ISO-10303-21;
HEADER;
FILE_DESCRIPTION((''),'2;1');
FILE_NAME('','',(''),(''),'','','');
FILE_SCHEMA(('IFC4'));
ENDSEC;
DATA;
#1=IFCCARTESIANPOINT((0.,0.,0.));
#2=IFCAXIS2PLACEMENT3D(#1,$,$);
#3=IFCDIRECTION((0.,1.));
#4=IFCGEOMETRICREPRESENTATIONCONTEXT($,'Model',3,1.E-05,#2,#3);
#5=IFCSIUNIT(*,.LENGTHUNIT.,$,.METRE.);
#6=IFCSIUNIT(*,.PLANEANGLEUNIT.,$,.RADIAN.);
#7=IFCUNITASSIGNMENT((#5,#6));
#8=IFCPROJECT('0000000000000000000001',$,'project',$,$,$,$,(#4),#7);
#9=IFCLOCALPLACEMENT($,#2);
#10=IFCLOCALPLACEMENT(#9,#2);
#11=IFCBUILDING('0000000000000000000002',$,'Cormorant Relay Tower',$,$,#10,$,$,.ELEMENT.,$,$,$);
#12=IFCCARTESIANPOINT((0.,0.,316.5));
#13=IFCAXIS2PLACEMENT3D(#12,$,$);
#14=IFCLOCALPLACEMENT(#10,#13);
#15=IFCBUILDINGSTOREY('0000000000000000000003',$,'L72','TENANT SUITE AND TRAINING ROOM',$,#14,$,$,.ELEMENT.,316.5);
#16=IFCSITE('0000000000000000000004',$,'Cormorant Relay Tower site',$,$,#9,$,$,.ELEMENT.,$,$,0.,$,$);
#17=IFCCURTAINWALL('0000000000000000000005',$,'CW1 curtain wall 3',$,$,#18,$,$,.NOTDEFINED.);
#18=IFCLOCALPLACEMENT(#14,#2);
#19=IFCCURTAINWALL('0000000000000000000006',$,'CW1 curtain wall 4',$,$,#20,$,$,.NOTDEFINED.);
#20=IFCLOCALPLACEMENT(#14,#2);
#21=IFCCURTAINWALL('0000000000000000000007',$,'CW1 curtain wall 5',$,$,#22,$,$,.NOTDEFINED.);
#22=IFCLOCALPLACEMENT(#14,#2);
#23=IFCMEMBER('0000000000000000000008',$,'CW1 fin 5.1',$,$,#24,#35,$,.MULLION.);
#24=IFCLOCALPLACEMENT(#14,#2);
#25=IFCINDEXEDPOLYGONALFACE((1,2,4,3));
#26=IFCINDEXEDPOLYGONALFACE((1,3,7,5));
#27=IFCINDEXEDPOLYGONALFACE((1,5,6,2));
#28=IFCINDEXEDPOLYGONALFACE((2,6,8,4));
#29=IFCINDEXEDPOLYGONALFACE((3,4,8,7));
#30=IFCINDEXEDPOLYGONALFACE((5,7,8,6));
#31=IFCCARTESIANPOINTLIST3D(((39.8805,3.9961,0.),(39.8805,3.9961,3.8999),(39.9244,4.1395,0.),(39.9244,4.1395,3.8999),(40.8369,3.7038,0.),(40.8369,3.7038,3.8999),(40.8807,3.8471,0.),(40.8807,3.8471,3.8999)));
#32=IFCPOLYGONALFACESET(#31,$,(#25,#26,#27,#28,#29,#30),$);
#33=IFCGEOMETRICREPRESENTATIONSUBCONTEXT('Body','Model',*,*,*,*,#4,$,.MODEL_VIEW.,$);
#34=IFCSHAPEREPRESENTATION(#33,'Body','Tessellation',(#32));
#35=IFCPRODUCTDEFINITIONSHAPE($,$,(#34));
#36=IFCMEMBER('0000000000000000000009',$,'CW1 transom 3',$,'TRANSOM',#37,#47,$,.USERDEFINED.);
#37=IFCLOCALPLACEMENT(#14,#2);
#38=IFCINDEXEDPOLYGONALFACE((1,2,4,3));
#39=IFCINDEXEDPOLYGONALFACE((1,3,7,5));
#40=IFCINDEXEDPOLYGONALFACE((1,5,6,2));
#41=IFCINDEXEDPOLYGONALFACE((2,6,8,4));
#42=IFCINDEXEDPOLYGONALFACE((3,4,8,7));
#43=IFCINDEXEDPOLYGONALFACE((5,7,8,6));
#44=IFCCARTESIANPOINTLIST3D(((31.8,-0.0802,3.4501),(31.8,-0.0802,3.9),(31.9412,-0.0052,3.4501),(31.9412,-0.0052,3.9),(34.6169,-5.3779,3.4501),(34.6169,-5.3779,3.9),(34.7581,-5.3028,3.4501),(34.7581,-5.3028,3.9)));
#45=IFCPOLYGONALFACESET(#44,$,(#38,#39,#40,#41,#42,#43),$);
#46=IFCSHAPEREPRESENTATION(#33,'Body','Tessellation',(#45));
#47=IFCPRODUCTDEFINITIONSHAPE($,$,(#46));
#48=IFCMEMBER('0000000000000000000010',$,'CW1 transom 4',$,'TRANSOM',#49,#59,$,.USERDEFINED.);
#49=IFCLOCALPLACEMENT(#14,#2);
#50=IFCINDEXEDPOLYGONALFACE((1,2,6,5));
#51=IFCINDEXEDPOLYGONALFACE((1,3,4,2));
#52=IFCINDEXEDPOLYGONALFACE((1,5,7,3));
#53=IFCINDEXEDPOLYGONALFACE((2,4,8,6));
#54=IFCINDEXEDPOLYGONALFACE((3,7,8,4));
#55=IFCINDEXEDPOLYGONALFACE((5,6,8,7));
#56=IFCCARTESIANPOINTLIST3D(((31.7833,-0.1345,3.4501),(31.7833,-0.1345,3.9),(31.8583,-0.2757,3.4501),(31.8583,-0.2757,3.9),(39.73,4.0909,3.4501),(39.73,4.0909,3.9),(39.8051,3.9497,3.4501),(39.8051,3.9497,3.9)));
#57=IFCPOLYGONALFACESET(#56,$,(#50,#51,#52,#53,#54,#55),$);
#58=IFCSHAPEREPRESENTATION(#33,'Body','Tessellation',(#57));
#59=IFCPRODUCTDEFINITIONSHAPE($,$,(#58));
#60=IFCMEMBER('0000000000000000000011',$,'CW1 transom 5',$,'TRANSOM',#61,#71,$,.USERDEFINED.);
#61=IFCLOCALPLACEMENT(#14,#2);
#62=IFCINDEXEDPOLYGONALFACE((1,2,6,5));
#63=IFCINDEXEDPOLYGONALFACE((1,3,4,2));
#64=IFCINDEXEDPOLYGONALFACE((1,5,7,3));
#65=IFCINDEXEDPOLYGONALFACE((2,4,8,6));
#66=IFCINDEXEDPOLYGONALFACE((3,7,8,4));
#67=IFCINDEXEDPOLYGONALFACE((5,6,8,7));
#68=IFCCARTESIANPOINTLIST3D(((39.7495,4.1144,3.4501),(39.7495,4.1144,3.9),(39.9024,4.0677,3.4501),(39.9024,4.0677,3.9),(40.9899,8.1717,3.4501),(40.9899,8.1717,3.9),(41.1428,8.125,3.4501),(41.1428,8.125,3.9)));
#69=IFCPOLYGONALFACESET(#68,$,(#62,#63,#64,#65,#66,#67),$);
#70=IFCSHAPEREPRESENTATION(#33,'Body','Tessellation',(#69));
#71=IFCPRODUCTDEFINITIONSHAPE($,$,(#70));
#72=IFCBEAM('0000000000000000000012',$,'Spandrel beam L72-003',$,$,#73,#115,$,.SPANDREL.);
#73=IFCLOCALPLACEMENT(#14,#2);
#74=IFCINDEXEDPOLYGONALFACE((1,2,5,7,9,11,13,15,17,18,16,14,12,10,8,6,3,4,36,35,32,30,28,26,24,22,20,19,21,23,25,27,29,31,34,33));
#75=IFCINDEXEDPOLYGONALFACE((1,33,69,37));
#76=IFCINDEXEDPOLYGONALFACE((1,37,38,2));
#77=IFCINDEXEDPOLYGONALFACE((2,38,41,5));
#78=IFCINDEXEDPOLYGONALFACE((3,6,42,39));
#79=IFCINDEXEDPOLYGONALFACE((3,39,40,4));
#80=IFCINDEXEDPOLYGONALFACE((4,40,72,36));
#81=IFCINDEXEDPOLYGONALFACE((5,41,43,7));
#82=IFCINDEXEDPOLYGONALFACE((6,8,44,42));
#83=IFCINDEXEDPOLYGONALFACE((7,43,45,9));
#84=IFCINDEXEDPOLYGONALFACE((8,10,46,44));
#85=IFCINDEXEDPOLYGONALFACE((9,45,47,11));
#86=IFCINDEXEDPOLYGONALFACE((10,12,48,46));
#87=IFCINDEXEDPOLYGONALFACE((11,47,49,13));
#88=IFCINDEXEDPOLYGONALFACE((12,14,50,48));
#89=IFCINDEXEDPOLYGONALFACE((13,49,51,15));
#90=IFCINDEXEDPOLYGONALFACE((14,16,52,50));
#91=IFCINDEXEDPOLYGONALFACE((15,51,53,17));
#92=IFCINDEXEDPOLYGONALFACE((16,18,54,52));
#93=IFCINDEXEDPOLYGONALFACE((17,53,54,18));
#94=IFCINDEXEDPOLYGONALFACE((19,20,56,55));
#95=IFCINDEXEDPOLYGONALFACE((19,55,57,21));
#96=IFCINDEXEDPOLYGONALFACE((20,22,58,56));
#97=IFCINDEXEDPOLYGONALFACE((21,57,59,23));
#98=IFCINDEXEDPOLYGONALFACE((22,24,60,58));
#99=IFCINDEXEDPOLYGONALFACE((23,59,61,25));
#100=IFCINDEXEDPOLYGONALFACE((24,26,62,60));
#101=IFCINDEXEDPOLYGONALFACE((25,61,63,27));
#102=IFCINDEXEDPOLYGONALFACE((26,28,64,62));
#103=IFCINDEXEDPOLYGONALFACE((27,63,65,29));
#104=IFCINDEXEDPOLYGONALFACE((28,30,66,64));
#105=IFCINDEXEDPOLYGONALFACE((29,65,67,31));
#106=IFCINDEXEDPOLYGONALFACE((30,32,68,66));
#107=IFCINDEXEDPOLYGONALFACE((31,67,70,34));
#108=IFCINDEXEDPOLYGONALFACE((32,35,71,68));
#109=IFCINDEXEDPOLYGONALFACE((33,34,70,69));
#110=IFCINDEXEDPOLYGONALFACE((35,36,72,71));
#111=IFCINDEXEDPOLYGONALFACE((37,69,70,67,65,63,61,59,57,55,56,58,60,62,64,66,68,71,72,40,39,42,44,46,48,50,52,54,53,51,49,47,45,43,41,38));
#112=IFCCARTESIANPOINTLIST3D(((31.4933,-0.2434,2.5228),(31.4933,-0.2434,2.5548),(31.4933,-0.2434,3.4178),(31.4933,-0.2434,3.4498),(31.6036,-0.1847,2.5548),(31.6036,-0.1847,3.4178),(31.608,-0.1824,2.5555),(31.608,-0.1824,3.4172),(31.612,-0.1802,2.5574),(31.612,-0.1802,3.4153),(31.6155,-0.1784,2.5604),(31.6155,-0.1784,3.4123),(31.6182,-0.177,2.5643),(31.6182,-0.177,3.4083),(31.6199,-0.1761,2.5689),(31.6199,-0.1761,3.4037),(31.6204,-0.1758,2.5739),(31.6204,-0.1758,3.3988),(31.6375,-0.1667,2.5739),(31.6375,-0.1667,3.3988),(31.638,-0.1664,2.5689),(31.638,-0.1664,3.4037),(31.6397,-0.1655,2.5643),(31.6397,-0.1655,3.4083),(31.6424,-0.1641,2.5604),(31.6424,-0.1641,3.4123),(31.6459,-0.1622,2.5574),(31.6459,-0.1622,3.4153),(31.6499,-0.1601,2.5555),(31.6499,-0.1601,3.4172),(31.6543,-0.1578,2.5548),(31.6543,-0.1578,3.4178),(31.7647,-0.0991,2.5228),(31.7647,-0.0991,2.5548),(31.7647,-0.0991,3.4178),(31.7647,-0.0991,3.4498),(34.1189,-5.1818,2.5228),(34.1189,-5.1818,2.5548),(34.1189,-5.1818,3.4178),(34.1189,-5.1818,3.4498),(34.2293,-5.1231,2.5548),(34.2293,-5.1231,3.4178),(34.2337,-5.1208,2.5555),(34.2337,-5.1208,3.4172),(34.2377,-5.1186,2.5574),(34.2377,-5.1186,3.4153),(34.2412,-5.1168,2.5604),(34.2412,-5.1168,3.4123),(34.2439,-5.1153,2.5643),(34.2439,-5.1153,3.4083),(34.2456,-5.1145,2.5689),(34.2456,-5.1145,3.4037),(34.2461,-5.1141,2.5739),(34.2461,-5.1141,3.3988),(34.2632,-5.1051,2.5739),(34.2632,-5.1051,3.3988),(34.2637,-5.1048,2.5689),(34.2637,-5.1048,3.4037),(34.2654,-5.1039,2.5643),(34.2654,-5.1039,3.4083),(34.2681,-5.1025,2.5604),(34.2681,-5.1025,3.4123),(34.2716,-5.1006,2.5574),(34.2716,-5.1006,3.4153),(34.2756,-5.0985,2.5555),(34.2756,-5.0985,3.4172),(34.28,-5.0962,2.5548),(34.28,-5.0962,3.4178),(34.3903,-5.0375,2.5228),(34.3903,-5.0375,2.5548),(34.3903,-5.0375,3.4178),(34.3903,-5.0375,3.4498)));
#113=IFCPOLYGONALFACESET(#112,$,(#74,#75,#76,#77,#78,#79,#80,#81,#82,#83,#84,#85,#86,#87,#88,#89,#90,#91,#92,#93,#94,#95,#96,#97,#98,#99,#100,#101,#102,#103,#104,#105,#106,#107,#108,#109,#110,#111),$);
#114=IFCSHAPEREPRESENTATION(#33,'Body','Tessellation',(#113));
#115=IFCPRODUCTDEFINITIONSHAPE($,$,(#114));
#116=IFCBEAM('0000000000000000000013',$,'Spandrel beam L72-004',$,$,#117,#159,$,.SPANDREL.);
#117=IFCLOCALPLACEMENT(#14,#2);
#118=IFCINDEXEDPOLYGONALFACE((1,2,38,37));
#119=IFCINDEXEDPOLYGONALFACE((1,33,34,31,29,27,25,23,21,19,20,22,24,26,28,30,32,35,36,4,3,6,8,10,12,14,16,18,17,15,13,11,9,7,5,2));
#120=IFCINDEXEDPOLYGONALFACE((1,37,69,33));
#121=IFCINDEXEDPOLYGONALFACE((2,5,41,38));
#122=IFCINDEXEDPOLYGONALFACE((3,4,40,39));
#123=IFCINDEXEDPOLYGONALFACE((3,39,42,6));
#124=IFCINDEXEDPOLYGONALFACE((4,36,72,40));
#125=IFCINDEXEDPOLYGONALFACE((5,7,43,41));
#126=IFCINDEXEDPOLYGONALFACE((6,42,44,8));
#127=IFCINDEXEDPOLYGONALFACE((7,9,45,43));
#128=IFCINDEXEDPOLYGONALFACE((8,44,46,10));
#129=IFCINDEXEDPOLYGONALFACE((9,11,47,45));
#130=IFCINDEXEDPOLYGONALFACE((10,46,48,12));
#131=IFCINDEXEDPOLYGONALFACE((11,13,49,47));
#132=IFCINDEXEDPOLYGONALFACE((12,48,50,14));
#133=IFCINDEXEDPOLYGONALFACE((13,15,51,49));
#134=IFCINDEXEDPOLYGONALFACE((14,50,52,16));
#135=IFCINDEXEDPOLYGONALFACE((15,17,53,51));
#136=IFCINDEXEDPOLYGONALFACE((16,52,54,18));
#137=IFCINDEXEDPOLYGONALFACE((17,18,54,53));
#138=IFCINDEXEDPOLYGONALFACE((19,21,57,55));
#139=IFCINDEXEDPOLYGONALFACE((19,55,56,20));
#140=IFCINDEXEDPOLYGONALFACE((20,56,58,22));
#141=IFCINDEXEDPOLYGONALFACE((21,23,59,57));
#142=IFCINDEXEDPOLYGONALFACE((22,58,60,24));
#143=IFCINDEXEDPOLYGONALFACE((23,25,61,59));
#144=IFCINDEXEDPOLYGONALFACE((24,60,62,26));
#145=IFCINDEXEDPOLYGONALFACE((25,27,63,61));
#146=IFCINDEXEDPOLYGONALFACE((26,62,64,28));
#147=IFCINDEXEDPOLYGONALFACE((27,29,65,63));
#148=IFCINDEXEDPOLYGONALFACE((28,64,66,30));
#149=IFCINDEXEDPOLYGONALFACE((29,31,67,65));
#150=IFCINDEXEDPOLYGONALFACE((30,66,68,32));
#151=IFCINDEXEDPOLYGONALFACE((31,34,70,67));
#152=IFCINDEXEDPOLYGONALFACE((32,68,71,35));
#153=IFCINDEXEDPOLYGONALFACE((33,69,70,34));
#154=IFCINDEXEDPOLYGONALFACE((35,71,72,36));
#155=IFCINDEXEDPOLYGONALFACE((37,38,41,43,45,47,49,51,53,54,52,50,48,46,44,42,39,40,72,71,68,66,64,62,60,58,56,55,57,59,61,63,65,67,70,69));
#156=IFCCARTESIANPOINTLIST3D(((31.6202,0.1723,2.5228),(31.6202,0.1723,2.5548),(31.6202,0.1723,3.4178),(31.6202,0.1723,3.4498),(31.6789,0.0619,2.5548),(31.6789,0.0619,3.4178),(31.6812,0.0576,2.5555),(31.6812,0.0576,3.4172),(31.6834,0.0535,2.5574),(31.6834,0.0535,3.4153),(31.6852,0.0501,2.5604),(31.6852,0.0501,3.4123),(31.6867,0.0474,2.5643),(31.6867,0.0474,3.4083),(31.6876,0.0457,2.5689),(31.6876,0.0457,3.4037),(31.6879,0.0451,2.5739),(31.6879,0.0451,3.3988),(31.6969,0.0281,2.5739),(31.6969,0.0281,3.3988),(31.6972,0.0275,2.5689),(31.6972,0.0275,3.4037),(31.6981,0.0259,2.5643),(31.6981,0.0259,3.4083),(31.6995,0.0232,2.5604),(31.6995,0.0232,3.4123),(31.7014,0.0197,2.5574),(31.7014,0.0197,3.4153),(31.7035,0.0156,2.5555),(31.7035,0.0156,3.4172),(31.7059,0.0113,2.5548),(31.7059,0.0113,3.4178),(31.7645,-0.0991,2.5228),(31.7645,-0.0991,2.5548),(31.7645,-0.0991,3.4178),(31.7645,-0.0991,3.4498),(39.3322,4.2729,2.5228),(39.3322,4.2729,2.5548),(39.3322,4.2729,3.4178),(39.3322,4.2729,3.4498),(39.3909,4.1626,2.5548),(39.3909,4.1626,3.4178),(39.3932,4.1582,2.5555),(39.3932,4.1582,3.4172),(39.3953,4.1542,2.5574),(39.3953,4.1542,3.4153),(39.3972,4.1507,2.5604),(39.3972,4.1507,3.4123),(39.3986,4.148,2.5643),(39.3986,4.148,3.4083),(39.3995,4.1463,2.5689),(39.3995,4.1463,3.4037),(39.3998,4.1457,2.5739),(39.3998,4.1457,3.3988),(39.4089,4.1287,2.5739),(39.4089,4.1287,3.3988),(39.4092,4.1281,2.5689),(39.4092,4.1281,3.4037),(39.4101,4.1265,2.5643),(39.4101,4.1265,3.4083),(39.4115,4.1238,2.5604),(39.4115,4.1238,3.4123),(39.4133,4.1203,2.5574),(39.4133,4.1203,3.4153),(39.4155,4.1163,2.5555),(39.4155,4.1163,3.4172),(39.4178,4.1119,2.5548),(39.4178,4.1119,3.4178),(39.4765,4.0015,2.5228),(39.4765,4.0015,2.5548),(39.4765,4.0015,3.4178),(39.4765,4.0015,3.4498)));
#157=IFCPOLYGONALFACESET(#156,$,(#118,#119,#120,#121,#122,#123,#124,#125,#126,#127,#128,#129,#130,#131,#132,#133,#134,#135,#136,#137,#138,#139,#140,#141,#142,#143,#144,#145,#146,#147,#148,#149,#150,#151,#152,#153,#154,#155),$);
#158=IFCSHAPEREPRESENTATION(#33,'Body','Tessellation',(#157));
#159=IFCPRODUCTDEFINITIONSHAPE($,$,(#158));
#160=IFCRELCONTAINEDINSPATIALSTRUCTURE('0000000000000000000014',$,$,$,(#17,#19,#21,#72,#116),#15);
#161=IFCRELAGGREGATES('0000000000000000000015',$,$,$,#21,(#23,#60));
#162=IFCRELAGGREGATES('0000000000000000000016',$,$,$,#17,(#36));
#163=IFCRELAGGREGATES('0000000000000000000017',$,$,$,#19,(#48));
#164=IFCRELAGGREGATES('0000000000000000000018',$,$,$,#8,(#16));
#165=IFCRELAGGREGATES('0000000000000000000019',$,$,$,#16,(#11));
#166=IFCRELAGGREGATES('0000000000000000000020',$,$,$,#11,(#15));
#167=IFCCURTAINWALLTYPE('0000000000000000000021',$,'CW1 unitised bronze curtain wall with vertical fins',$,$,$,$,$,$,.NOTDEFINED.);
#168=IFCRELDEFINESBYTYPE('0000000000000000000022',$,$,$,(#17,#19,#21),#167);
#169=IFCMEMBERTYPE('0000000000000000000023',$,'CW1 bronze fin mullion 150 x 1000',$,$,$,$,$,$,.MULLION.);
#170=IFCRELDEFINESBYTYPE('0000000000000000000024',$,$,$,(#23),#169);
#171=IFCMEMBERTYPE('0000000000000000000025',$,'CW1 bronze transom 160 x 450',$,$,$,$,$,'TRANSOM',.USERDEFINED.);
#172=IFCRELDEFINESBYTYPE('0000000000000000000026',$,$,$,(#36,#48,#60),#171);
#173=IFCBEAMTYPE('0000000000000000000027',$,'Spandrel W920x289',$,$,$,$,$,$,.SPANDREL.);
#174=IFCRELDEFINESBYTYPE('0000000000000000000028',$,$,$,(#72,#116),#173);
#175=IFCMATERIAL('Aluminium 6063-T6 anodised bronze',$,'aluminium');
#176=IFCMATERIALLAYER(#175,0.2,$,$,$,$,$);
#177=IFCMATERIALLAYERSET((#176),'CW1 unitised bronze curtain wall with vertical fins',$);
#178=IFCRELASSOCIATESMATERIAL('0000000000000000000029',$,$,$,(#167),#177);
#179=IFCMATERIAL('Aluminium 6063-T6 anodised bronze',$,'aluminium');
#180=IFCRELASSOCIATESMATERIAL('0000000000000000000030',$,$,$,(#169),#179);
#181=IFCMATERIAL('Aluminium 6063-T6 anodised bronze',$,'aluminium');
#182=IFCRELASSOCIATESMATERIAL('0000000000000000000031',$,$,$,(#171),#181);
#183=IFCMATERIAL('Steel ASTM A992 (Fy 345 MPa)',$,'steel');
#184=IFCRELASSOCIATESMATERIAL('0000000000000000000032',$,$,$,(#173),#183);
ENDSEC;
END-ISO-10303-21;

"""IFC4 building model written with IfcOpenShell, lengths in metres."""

from ifc_helpers import new_model, si_unit, direction, frame, origin, origin_2d, place, context, subcontext, project, spatial, rectangle, i_section, extrude, material, layer, layer_set, material_profile, profile_set, type_object, element, aggregate, save


model = new_model("IFC4")

# Units and contexts
model_context = context("Model", 3, precision=1e-05, world=origin(), true_north=direction((0.0, 1.0)))
body_context = subcontext(model_context, "Body", "Model", "MODEL_VIEW")
ifc_project = project(units=[si_unit("LENGTHUNIT", "METRE"), si_unit("PLANEANGLEUNIT", "RADIAN")], contexts=[model_context])

# Site, building, storey
site_placement = place(None, origin())
site = spatial("IfcSite", under=ifc_project, at=site_placement, Name="Cormorant Relay Tower site", CompositionType="ELEMENT", RefElevation=0.0)
building_placement = place(site_placement, origin())
building = spatial("IfcBuilding", under=site, at=building_placement, Name="Cormorant Relay Tower", CompositionType="ELEMENT")
storey_placement = place(building_placement, frame((0.0, 0.0, 316.5)))
storey = spatial("IfcBuildingStorey", under=building, at=storey_placement, Name="L72", Description="TENANT SUITE AND TRAINING ROOM", CompositionType="ELEMENT", Elevation=316.5)

# Curtain wall
ifc_material_1 = material(Name="Aluminium 6063-T6 anodised bronze", Category="aluminium")
ifc_layer_1 = layer(ifc_material_1, 0.2)
ifc_layer_set_1 = layer_set([ifc_layer_1], Name="CW1 unitised bronze curtain wall with vertical fins")
curtain_wall_type = type_object("IfcCurtainWallType", Name="CW1 unitised bronze curtain wall with vertical fins", PredefinedType="NOTDEFINED", material=ifc_layer_set_1)
ifc_material_2 = material(Name="Aluminium 6063-T6 anodised bronze", Category="aluminium")
ifc_material_profile_1 = material_profile(ifc_material_2, rectangle(XDim=0.1499, YDim=1.0, at=origin_2d()), Name="AL 150x1000")
ifc_profile_set_1 = profile_set([ifc_material_profile_1], Name="Aluminium 6063-T6 anodised bronze")
member_type_1 = type_object("IfcMemberType", Name="CW1 bronze fin mullion 150 x 1000", PredefinedType="MULLION", material=ifc_profile_set_1)
curtain_wall_1_placement = place(storey_placement, origin())
curtain_wall_1 = element("IfcCurtainWall", 1, at=curtain_wall_1_placement, inside=storey, type_object=curtain_wall_type, Name="CW1 curtain wall 3", PredefinedType="NOTDEFINED")

# Curtain wall
curtain_wall_2_placement = place(storey_placement, origin())
curtain_wall_2 = element("IfcCurtainWall", 2, at=curtain_wall_2_placement, inside=storey, type_object=curtain_wall_type, Name="CW1 curtain wall 4", PredefinedType="NOTDEFINED")

# Curtain wall, member
curtain_wall_3_placement = place(storey_placement, origin())
curtain_wall_3 = element("IfcCurtainWall", 3, at=curtain_wall_3_placement, inside=storey, type_object=curtain_wall_type, Name="CW1 curtain wall 5", PredefinedType="NOTDEFINED")
member_1_placement = place(storey_placement, frame((40.3806, 3.9216, 0.0), z_axis=(0.0, 0.0, 1.0), x_axis=(0.292372, 0.956305, 0.0)))
member_1 = element("IfcMember", 4, at=member_1_placement, type_object=member_type_1, Name="CW1 fin 5.1", PredefinedType="MULLION", context=body_context, shape_type="SweptSolid", body=[
    extrude(rectangle(XDim=0.1499, YDim=1.0, at=origin_2d()), origin(), (0.0, 0.0, 1.0), 3.8999),
])

# Members
ifc_material_3 = material(Name="Aluminium 6063-T6 anodised bronze", Category="aluminium")
ifc_material_profile_2 = material_profile(ifc_material_3, rectangle(XDim=0.1599, YDim=0.45, at=origin_2d()), Name="AL 160x450")
ifc_profile_set_2 = profile_set([ifc_material_profile_2], Name="Aluminium 6063-T6 anodised bronze")
member_type_2 = type_object("IfcMemberType", Name="CW1 bronze transom 160 x 450", ElementType="TRANSOM", PredefinedType="USERDEFINED", material=ifc_profile_set_2)
member_2_placement = place(storey_placement, frame((34.6875, -5.3403, 3.675), z_axis=(-0.469485, 0.88294, 0.0), x_axis=(-0.88294, -0.469485, 0.0)))
member_2 = element("IfcMember", 5, at=member_2_placement, type_object=member_type_2, Name="CW1 transom 3", ObjectType="TRANSOM", PredefinedType="USERDEFINED", context=body_context, shape_type="SweptSolid", body=[
    extrude(rectangle(XDim=0.1599, YDim=0.45, at=origin_2d()), origin(), (0.0, 0.0, 1.0), 6.0),
])
member_3_placement = place(storey_placement, frame((31.8208, -0.2051, 3.675), z_axis=(0.882949, 0.469469, 0.0), x_axis=(-0.469469, 0.882949, 0.0)))
member_3 = element("IfcMember", 6, at=member_3_placement, type_object=member_type_2, Name="CW1 transom 4", ObjectType="TRANSOM", PredefinedType="USERDEFINED", context=body_context, shape_type="SweptSolid", body=[
    extrude(rectangle(XDim=0.1599, YDim=0.45, at=origin_2d()), origin(), (0.0, 0.0, 1.0), 9.0002),
])
member_4_placement = place(storey_placement, frame((39.8259, 4.0911, 3.675), z_axis=(0.292375, 0.956304, 0.0), x_axis=(-0.956304, 0.292375, 0.0)))
member_4 = element("IfcMember", 7, at=member_4_placement, type_object=member_type_2, Name="CW1 transom 5", ObjectType="TRANSOM", PredefinedType="USERDEFINED", context=body_context, shape_type="SweptSolid", body=[
    extrude(rectangle(XDim=0.1599, YDim=0.45, at=origin_2d()), origin(), (0.0, 0.0, 1.0), 4.2427),
])
aggregate(curtain_wall_3, [member_1, member_4])

# Beams
ifc_material_4 = material(Name="Steel ASTM A992 (Fy 345 MPa)", Category="steel")
ifc_material_profile_3 = material_profile(ifc_material_4, i_section(OverallWidth=0.3074, OverallDepth=0.927, WebThickness=0.0193, FlangeThickness=0.032, FilletRadius=0.019, at=origin_2d()), Name="W920x289")
ifc_profile_set_3 = profile_set([ifc_material_profile_3], Name="Steel ASTM A992 (Fy 345 MPa)")
beam_type = type_object("IfcBeamType", Name="Spandrel W920x289", PredefinedType="SPANDREL", material=ifc_profile_set_3)
beam_1_placement = place(storey_placement, frame((34.2546, -5.1096, 2.9863), z_axis=(-0.469457, 0.882955, 0.0), x_axis=(-0.882955, -0.469457, 0.0)))
element("IfcBeam", 8, at=beam_1_placement, inside=storey, type_object=beam_type, Name="Spandrel beam L72-003", PredefinedType="SPANDREL", context=body_context, shape_type="SweptSolid", body=[
    extrude(i_section(OverallWidth=0.3074, OverallDepth=0.927, WebThickness=0.0193, FlangeThickness=0.032, FilletRadius=0.019, at=origin_2d()), origin(), (0.0, 0.0, 1.0), 5.593),
])
beam_2_placement = place(storey_placement, frame((31.6924, 0.0366, 2.9863), z_axis=(0.882943, 0.469479, 0.0), x_axis=(-0.469479, 0.882943, 0.0)))
element("IfcBeam", 9, at=beam_2_placement, inside=storey, type_object=beam_type, Name="Spandrel beam L72-004", PredefinedType="SPANDREL", context=body_context, shape_type="SweptSolid", body=[
    extrude(i_section(OverallWidth=0.3074, OverallDepth=0.927, WebThickness=0.0193, FlangeThickness=0.032, FilletRadius=0.019, at=origin_2d()), origin(), (0.0, 0.0, 1.0), 8.7344),
])

aggregate(curtain_wall_1, [member_2])
aggregate(curtain_wall_2, [member_3])

save(model, "model.ifc")
